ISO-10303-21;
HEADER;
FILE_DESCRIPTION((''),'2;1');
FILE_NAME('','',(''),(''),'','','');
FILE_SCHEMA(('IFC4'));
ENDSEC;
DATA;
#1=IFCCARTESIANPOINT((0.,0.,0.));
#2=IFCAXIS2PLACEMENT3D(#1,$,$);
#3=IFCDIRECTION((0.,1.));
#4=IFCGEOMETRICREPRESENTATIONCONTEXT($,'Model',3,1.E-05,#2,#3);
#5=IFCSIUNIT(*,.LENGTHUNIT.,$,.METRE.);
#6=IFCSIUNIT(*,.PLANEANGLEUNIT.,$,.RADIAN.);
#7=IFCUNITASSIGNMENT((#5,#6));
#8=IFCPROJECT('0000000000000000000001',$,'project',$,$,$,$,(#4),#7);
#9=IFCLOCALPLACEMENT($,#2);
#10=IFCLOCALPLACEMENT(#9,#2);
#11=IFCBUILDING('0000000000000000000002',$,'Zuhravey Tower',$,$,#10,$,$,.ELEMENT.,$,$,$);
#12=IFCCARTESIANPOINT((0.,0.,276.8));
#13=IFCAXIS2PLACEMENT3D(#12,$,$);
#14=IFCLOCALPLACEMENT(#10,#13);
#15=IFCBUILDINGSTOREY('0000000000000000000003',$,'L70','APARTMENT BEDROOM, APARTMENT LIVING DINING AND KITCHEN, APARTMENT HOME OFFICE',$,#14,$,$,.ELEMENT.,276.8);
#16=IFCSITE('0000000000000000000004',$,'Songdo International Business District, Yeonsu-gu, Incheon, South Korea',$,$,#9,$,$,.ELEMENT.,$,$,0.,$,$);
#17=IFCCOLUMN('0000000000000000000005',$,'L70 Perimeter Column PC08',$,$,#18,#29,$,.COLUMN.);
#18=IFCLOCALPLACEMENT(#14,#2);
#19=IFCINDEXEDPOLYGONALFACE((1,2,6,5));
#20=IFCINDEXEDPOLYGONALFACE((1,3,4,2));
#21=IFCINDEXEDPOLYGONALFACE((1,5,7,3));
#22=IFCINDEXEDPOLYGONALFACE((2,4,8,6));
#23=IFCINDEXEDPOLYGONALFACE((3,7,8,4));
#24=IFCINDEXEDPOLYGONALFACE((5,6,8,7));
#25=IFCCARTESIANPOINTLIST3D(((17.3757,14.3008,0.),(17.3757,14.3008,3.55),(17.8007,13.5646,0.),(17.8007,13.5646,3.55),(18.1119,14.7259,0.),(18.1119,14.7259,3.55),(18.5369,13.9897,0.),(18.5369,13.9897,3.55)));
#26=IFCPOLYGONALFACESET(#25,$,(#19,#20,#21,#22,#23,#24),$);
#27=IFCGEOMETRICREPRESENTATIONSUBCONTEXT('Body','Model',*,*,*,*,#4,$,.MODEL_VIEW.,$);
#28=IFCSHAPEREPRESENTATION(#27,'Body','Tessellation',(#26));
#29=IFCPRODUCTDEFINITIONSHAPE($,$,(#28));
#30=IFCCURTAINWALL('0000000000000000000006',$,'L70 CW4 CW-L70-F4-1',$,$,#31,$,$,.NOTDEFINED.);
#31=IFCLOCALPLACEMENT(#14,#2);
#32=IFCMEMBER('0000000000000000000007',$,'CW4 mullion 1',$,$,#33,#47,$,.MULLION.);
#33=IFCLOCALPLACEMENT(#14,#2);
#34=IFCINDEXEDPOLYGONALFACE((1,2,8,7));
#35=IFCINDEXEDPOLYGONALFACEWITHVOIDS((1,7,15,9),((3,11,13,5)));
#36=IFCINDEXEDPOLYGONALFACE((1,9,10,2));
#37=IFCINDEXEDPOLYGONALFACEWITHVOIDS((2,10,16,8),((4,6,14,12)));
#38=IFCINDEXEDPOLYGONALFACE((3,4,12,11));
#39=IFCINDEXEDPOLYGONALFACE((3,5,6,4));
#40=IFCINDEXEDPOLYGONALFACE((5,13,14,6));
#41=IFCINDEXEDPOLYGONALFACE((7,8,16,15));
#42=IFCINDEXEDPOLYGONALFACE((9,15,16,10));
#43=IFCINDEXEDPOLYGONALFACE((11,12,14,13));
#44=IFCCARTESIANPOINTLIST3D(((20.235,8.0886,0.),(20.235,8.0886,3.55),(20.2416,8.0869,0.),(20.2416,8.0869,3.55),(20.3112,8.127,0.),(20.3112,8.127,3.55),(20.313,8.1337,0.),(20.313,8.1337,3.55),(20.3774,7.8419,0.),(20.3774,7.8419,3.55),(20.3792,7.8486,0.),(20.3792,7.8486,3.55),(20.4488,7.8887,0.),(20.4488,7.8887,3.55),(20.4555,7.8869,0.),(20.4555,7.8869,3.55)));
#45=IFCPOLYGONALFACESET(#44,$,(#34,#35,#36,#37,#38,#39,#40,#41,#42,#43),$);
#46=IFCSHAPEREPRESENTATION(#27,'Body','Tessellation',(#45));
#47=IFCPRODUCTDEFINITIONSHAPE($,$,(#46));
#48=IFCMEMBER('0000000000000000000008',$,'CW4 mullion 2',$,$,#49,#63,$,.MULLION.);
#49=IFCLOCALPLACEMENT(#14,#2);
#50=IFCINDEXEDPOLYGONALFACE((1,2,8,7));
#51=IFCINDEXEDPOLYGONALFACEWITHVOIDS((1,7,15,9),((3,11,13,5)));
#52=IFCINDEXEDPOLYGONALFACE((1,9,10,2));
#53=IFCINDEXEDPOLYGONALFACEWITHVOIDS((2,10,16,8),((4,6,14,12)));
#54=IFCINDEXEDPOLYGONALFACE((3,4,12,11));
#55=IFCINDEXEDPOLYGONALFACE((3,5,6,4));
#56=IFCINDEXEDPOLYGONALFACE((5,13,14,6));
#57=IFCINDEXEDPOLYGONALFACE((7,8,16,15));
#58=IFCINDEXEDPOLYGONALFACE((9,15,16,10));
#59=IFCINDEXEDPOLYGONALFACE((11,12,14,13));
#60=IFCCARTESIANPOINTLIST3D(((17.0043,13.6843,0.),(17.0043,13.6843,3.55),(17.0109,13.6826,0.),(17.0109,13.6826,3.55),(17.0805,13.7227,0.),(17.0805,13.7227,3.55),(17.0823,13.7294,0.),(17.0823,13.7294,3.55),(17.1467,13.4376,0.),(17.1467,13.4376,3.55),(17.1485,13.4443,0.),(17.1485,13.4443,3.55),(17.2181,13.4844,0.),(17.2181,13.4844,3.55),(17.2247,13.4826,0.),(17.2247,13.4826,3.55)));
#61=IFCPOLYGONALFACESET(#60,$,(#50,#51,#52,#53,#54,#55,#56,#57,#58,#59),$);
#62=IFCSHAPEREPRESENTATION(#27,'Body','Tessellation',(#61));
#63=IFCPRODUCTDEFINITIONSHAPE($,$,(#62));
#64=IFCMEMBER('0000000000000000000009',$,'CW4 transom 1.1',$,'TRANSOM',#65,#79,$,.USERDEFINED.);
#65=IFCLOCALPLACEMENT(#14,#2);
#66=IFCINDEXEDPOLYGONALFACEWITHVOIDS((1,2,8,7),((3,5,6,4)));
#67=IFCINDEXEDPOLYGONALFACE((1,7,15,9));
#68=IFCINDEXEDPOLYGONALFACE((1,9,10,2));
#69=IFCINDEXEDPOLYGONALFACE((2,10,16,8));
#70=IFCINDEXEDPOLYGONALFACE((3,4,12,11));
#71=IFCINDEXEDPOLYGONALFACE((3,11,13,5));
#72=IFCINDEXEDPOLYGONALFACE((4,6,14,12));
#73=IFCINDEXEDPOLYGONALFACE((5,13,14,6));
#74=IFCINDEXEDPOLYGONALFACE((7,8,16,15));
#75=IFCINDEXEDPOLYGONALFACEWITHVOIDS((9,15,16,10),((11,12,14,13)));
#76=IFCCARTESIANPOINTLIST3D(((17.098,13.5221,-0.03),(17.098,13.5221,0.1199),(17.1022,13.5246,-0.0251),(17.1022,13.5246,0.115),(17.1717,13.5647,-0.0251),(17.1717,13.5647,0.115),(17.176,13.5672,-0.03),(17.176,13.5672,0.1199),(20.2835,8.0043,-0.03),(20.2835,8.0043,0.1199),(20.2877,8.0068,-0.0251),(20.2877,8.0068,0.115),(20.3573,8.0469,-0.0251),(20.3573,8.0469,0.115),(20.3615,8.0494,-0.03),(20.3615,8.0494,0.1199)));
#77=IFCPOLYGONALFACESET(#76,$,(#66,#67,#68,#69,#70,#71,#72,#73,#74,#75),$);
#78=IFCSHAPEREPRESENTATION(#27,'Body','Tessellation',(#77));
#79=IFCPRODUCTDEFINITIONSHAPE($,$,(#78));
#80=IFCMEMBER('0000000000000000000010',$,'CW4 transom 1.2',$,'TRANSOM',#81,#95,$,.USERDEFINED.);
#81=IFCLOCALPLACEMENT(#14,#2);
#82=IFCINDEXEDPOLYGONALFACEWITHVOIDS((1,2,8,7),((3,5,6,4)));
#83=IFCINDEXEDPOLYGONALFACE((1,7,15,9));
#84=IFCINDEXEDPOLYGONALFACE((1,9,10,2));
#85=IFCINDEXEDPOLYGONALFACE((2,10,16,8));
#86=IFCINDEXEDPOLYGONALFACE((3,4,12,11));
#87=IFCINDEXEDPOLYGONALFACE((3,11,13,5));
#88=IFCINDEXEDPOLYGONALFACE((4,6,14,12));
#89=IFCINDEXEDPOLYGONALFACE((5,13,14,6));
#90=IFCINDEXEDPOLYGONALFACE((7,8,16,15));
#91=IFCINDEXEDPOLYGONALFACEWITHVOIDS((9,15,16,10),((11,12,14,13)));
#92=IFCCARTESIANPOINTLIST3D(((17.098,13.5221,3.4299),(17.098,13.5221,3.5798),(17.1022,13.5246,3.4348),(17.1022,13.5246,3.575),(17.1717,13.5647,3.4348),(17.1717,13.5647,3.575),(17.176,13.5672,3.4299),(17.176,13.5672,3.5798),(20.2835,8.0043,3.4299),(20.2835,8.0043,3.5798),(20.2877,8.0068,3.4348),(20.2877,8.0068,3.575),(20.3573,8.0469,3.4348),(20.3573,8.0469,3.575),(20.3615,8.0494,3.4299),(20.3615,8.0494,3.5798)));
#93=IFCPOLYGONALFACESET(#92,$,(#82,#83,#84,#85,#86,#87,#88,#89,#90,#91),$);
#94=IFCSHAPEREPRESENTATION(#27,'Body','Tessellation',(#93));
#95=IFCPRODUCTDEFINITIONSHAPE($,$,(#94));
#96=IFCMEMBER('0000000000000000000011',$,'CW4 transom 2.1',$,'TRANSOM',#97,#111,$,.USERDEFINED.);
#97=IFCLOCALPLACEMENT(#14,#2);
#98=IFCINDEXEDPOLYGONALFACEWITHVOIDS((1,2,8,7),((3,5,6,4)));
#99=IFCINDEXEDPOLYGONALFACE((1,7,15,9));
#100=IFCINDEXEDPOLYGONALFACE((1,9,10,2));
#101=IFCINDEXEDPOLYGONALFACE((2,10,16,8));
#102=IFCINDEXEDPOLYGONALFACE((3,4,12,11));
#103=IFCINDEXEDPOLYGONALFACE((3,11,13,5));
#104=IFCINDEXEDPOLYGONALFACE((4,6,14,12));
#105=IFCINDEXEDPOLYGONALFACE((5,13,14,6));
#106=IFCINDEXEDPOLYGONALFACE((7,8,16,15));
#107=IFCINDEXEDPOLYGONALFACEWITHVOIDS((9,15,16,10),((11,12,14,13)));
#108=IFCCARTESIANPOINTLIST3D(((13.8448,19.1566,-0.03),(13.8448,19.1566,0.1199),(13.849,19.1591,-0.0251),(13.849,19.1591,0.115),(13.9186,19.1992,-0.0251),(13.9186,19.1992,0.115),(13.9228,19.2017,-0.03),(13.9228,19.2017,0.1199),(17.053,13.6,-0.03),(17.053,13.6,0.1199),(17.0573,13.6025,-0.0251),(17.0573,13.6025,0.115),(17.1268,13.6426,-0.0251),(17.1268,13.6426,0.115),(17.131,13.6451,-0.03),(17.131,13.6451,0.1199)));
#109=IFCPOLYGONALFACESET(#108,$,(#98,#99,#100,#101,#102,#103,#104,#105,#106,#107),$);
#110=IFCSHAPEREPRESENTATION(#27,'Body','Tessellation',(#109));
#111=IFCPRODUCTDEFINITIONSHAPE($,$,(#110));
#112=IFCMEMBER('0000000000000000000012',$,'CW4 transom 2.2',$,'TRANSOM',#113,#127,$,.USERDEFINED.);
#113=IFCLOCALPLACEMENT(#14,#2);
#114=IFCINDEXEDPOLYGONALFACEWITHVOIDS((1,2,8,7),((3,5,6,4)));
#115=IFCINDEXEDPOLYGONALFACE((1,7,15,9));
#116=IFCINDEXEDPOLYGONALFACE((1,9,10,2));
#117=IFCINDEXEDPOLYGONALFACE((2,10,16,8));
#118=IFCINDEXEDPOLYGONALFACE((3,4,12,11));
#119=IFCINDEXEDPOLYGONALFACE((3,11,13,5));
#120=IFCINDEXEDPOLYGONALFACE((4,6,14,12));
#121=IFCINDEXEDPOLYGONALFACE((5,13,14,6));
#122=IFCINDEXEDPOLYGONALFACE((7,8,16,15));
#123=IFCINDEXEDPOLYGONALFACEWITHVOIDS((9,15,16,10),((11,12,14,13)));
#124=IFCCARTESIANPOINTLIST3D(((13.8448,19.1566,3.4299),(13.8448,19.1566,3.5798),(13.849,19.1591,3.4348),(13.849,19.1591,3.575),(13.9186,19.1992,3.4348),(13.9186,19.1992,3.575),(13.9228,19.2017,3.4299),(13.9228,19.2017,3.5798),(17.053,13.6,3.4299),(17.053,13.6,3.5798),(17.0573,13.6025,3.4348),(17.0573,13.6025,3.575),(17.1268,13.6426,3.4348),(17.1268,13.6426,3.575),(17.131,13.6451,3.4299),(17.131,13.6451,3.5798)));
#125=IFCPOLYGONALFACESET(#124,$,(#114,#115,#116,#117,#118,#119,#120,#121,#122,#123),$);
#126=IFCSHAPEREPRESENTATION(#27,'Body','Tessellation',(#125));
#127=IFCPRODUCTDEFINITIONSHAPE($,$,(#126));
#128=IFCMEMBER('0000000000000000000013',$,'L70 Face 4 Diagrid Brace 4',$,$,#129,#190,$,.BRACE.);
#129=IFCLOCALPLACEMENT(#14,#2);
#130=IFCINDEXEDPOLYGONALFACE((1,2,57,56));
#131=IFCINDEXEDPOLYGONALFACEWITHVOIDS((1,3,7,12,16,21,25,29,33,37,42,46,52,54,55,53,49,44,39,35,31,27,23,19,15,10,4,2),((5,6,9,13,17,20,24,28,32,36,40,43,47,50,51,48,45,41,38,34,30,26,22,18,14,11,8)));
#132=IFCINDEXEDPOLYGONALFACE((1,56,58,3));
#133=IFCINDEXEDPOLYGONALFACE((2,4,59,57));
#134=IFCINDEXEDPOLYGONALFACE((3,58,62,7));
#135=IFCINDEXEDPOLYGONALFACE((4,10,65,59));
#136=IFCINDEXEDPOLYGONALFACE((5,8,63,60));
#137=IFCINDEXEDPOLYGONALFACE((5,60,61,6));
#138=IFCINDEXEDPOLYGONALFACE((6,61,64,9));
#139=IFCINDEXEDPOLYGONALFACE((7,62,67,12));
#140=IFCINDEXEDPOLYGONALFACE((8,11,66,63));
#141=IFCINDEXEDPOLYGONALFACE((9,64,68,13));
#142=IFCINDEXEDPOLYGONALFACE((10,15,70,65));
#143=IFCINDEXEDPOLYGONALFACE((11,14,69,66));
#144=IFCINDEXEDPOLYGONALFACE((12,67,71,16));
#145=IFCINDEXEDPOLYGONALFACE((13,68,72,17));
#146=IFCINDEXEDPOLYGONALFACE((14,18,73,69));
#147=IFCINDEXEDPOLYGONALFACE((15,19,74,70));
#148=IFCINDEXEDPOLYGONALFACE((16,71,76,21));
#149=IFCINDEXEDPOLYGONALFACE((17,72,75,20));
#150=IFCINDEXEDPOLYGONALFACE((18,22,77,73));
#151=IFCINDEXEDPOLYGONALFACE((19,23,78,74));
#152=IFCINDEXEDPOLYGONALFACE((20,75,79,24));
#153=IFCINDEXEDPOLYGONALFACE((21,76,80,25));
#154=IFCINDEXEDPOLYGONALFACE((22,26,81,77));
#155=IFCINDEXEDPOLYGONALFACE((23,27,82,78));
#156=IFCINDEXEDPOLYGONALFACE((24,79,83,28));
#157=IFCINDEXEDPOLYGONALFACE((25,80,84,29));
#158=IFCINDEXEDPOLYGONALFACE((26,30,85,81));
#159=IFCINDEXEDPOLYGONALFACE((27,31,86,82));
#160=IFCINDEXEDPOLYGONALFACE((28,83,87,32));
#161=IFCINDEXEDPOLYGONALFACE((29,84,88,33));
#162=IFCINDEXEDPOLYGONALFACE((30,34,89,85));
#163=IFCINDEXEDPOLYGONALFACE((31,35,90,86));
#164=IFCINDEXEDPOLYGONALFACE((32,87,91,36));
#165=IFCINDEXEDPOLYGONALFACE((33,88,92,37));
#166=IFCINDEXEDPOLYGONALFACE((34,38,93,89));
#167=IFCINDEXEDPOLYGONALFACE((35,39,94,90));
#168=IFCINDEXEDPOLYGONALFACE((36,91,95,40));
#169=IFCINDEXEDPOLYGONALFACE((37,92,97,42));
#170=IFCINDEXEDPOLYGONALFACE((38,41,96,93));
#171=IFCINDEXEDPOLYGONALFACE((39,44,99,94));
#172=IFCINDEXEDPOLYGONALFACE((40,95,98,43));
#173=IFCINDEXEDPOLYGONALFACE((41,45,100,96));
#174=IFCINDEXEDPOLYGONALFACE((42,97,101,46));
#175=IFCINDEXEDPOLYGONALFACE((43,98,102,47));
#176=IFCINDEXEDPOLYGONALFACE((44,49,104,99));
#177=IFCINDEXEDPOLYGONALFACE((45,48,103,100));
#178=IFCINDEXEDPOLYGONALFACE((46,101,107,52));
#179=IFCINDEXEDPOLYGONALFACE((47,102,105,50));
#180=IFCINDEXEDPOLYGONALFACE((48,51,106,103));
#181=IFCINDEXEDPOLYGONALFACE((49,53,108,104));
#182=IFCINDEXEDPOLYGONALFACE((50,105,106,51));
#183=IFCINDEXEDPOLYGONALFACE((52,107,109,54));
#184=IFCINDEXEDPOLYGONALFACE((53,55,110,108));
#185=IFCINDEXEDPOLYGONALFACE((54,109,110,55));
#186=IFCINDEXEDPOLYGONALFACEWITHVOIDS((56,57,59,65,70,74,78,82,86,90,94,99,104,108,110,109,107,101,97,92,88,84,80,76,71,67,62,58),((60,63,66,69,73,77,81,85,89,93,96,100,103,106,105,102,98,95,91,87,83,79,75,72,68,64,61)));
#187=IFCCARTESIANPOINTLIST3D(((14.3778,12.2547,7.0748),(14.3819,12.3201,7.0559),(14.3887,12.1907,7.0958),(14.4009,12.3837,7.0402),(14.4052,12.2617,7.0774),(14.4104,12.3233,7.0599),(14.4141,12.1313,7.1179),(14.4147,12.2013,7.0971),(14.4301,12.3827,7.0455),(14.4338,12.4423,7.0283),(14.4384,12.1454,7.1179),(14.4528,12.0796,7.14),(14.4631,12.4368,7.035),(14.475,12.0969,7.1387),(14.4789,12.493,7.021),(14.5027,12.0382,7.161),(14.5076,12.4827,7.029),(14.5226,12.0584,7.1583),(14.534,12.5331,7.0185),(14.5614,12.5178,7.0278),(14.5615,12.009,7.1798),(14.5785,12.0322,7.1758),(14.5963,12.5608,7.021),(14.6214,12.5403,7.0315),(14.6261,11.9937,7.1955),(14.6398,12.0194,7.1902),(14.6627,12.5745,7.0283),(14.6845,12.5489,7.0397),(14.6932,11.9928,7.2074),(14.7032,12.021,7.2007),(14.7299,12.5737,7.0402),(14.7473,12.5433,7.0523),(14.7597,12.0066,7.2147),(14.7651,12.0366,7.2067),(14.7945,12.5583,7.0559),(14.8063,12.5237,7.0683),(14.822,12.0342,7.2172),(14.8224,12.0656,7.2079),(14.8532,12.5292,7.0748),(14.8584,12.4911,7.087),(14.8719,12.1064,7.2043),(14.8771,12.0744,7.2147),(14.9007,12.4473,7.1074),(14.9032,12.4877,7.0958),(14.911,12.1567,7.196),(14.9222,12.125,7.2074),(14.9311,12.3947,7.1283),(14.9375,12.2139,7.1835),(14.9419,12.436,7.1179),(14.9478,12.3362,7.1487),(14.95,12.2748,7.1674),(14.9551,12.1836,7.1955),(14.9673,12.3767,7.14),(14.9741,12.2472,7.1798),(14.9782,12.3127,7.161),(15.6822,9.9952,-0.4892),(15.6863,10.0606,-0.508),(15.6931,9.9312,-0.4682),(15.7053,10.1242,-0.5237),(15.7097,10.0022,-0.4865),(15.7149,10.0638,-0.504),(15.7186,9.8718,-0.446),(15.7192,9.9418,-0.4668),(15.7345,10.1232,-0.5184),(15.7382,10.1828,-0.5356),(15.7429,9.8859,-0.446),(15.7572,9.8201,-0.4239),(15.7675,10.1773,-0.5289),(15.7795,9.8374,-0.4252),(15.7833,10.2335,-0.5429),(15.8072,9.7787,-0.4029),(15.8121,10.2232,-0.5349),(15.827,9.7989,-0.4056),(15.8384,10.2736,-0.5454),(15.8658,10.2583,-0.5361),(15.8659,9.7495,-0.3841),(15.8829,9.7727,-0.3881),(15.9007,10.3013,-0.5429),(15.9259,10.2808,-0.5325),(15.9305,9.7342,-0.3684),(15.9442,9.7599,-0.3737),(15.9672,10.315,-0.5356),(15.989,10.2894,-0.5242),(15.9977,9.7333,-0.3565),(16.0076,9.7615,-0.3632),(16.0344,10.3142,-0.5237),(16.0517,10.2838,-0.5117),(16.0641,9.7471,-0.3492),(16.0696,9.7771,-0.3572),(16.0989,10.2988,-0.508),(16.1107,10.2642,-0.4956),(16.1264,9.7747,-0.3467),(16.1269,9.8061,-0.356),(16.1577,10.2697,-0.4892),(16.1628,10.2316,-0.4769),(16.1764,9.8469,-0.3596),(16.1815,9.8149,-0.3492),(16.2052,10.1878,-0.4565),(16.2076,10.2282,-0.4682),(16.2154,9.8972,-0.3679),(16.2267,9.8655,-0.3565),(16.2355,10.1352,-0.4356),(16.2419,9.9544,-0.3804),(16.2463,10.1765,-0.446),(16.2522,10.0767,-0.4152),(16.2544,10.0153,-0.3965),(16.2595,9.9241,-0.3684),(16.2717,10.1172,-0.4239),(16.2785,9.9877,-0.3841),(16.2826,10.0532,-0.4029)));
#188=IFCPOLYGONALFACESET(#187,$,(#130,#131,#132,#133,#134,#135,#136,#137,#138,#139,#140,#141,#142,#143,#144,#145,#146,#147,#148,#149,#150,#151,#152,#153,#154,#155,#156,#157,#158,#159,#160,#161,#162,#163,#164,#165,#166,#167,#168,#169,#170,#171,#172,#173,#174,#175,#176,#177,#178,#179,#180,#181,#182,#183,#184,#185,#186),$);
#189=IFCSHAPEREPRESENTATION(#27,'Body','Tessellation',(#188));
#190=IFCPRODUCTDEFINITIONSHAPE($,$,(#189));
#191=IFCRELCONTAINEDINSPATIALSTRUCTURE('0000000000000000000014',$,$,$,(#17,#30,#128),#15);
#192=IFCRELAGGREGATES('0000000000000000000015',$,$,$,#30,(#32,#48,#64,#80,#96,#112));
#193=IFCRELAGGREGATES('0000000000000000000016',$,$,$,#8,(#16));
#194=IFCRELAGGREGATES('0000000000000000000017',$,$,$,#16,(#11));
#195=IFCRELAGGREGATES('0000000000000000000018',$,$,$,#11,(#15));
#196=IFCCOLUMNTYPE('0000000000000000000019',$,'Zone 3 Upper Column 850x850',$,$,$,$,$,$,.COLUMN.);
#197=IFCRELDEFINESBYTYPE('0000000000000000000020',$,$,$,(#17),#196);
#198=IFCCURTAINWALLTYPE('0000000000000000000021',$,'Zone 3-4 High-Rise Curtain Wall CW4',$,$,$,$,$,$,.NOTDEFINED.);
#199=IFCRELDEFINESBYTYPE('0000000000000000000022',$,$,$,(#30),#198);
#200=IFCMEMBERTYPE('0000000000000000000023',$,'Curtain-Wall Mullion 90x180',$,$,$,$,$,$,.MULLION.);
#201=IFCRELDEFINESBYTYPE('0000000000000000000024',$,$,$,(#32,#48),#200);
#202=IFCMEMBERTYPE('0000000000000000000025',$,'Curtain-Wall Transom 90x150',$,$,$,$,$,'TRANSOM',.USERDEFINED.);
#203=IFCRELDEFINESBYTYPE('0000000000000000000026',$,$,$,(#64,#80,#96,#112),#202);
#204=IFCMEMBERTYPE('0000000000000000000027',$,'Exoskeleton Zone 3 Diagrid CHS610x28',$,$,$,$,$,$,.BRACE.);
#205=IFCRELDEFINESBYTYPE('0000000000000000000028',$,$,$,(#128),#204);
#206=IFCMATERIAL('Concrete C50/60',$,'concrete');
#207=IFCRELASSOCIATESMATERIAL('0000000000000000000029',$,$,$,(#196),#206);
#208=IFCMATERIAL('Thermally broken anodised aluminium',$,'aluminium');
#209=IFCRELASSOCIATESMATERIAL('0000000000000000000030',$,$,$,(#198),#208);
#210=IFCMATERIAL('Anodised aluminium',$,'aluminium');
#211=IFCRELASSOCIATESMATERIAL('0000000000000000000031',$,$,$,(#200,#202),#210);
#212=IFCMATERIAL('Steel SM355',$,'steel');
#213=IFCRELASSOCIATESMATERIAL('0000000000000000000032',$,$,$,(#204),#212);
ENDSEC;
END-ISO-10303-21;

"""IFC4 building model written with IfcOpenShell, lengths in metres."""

from ifc_helpers import new_model, si_unit, direction, frame, origin, origin_2d, place, context, subcontext, project, spatial, rectangle, hollow_rectangle, hollow_circle, extrude, material, material_profile, profile_set, type_object, element, aggregate, save


model = new_model("IFC4")

# Units and contexts
model_context = context("Model", 3, precision=1e-05, world=origin(), true_north=direction((0.0, 1.0)))
body_context = subcontext(model_context, "Body", "Model", "MODEL_VIEW")
ifc_project = project(units=[si_unit("LENGTHUNIT", "METRE"), si_unit("PLANEANGLEUNIT", "RADIAN")], contexts=[model_context])

# Site, building, storey
site_placement = place(None, origin())
site = spatial("IfcSite", under=ifc_project, at=site_placement, Name="Songdo International Business District, Yeonsu-gu, Incheon, South Korea", CompositionType="ELEMENT", RefElevation=0.0)
building_placement = place(site_placement, origin())
building = spatial("IfcBuilding", under=site, at=building_placement, Name="Zuhravey Tower", CompositionType="ELEMENT")
storey_placement = place(building_placement, frame((0.0, 0.0, 276.8)))
storey = spatial("IfcBuildingStorey", under=building, at=storey_placement, Name="L70", Description="APARTMENT BEDROOM, APARTMENT LIVING DINING AND KITCHEN, APARTMENT HOME OFFICE", CompositionType="ELEMENT", Elevation=276.8)

# Column
ifc_material_1 = material(Name="Concrete C50/60", Category="concrete")
ifc_material_profile_1 = material_profile(ifc_material_1, rectangle(XDim=0.8501, YDim=0.8501, at=origin_2d()), Name="RC-850x850")
ifc_profile_set_1 = profile_set([ifc_material_profile_1], Name="Concrete C50/60")
column_type = type_object("IfcColumnType", Name="Zone 3 Upper Column 850x850", PredefinedType="COLUMN", material=ifc_profile_set_1)
column_placement = place(storey_placement, frame((17.9563, 14.1453, 0.0), z_axis=(0.0, 0.0, 1.0), x_axis=(0.5, -0.866025, 0.0)))
element("IfcColumn", 1, at=column_placement, inside=storey, type_object=column_type, Name="L70 Perimeter Column PC08", PredefinedType="COLUMN", context=body_context, shape_type="SweptSolid", body=[
    extrude(rectangle(XDim=0.8501, YDim=0.8501, at=origin_2d()), origin(), (0.0, 0.0, 1.0), 3.55),
])

# Curtain wall, members
ifc_material_2 = material(Name="Thermally broken anodised aluminium", Category="aluminium")
curtain_wall_type = type_object("IfcCurtainWallType", Name="Zone 3-4 High-Rise Curtain Wall CW4", PredefinedType="NOTDEFINED", material=ifc_material_2)
curtain_wall_placement = place(storey_placement, origin())
curtain_wall = element("IfcCurtainWall", 2, at=curtain_wall_placement, inside=storey, type_object=curtain_wall_type, Name="L70 CW4 CW-L70-F4-1", PredefinedType="NOTDEFINED")
ifc_material_3 = material(Name="Anodised aluminium", Category="aluminium")
ifc_material_profile_2 = material_profile(ifc_material_3, hollow_rectangle(XDim=0.0901, YDim=0.2849, WallThickness=0.0049, at=origin_2d()), Name="ALU-RHS-90x285x5")
ifc_profile_set_2 = profile_set([ifc_material_profile_2], Name="Anodised aluminium")
member_type_1 = type_object("IfcMemberType", Name="Curtain-Wall Mullion 90x180", PredefinedType="MULLION", material=ifc_profile_set_2)
member_1_placement = place(storey_placement, frame((20.3452, 7.9878, 0.0), z_axis=(0.0, 0.0, 1.0), x_axis=(-0.866025, -0.500001, 0.0)))
member_1 = element("IfcMember", 3, at=member_1_placement, type_object=member_type_1, Name="CW4 mullion 1", PredefinedType="MULLION", context=body_context, shape_type="SweptSolid", body=[
    extrude(hollow_rectangle(XDim=0.0901, YDim=0.2849, WallThickness=0.0049, at=origin_2d()), origin(), (0.0, 0.0, 1.0), 3.55),
])
member_2_placement = place(storey_placement, frame((17.1145, 13.5835, 0.0), z_axis=(0.0, 0.0, 1.0), x_axis=(-0.866025, -0.500001, 0.0)))
member_2 = element("IfcMember", 4, at=member_2_placement, type_object=member_type_1, Name="CW4 mullion 2", PredefinedType="MULLION", context=body_context, shape_type="SweptSolid", body=[
    extrude(hollow_rectangle(XDim=0.0901, YDim=0.2849, WallThickness=0.0049, at=origin_2d()), origin(), (0.0, 0.0, 1.0), 3.55),
])
ifc_material_profile_3 = material_profile(ifc_material_3, hollow_rectangle(XDim=0.0901, YDim=0.1499, WallThickness=0.0049, at=origin_2d()), Name="ALU-RHS-90x150x5")
ifc_profile_set_3 = profile_set([ifc_material_profile_3], Name="Anodised aluminium")
member_type_2 = type_object("IfcMemberType", Name="Curtain-Wall Transom 90x150", ElementType="TRANSOM", PredefinedType="USERDEFINED", material=ifc_profile_set_3)
member_3_placement = place(storey_placement, frame((20.3225, 8.0269, 0.0449), z_axis=(-0.49998, 0.866037, 0.0), x_axis=(-0.866037, -0.49998, 0.0)))
member_3 = element("IfcMember", 5, at=member_3_placement, type_object=member_type_2, Name="CW4 transom 1.1", ObjectType="TRANSOM", PredefinedType="USERDEFINED", context=body_context, shape_type="SweptSolid", body=[
    extrude(hollow_rectangle(XDim=0.0901, YDim=0.1499, WallThickness=0.0049, at=origin_2d()), origin(), (0.0, 0.0, 1.0), 6.3713),
])
member_4_placement = place(storey_placement, frame((20.3225, 8.0269, 3.5049), z_axis=(-0.49998, 0.866037, 0.0), x_axis=(-0.866037, -0.49998, 0.0)))
member_4 = element("IfcMember", 6, at=member_4_placement, type_object=member_type_2, Name="CW4 transom 1.2", ObjectType="TRANSOM", PredefinedType="USERDEFINED", context=body_context, shape_type="SweptSolid", body=[
    extrude(hollow_rectangle(XDim=0.0901, YDim=0.1499, WallThickness=0.0049, at=origin_2d()), origin(), (0.0, 0.0, 1.0), 6.3713),
])
member_5_placement = place(storey_placement, frame((17.092, 13.6226, 0.0449), z_axis=(-0.500014, 0.866017, 0.0), x_axis=(-0.866017, -0.500014, 0.0)))
member_5 = element("IfcMember", 7, at=member_5_placement, type_object=member_type_2, Name="CW4 transom 2.1", ObjectType="TRANSOM", PredefinedType="USERDEFINED", context=body_context, shape_type="SweptSolid", body=[
    extrude(hollow_rectangle(XDim=0.0901, YDim=0.1499, WallThickness=0.0049, at=origin_2d()), origin(), (0.0, 0.0, 1.0), 6.4163),
])
member_6_placement = place(storey_placement, frame((17.092, 13.6226, 3.5049), z_axis=(-0.500014, 0.866017, 0.0), x_axis=(-0.866017, -0.500014, 0.0)))
member_6 = element("IfcMember", 8, at=member_6_placement, type_object=member_type_2, Name="CW4 transom 2.2", ObjectType="TRANSOM", PredefinedType="USERDEFINED", context=body_context, shape_type="SweptSolid", body=[
    extrude(hollow_rectangle(XDim=0.0901, YDim=0.1499, WallThickness=0.0049, at=origin_2d()), origin(), (0.0, 0.0, 1.0), 6.4163),
])

# Member
ifc_material_4 = material(Name="Steel SM355", Category="steel")
ifc_material_profile_4 = material_profile(ifc_material_4, hollow_circle(Radius=0.3047, WallThickness=0.0281, at=origin_2d()), Name="CHS-609.6x28")
ifc_profile_set_4 = profile_set([ifc_material_profile_4], Name="Steel SM355")
member_type_3 = type_object("IfcMemberType", Name="Exoskeleton Zone 3 Diagrid CHS610x28", PredefinedType="BRACE", material=ifc_profile_set_4)
member_7_placement = place(storey_placement, frame((15.9824, 10.0242, -0.446), z_axis=(-0.163029, 0.282395, 0.945344), x_axis=(-0.866041, -0.499974, 0.0)))
element("IfcMember", 9, at=member_7_placement, inside=storey, type_object=member_type_3, Name="L70 Face 4 Diagrid Brace 4", PredefinedType="BRACE", context=body_context, shape_type="SweptSolid", body=[
    extrude(hollow_circle(Radius=0.3047, WallThickness=0.0281, at=origin_2d()), origin(), (0.0, 0.0, 1.0), 8.0012),
])

aggregate(curtain_wall, [member_1, member_2, member_3, member_4, member_5, member_6])

save(model, "model.ifc")
